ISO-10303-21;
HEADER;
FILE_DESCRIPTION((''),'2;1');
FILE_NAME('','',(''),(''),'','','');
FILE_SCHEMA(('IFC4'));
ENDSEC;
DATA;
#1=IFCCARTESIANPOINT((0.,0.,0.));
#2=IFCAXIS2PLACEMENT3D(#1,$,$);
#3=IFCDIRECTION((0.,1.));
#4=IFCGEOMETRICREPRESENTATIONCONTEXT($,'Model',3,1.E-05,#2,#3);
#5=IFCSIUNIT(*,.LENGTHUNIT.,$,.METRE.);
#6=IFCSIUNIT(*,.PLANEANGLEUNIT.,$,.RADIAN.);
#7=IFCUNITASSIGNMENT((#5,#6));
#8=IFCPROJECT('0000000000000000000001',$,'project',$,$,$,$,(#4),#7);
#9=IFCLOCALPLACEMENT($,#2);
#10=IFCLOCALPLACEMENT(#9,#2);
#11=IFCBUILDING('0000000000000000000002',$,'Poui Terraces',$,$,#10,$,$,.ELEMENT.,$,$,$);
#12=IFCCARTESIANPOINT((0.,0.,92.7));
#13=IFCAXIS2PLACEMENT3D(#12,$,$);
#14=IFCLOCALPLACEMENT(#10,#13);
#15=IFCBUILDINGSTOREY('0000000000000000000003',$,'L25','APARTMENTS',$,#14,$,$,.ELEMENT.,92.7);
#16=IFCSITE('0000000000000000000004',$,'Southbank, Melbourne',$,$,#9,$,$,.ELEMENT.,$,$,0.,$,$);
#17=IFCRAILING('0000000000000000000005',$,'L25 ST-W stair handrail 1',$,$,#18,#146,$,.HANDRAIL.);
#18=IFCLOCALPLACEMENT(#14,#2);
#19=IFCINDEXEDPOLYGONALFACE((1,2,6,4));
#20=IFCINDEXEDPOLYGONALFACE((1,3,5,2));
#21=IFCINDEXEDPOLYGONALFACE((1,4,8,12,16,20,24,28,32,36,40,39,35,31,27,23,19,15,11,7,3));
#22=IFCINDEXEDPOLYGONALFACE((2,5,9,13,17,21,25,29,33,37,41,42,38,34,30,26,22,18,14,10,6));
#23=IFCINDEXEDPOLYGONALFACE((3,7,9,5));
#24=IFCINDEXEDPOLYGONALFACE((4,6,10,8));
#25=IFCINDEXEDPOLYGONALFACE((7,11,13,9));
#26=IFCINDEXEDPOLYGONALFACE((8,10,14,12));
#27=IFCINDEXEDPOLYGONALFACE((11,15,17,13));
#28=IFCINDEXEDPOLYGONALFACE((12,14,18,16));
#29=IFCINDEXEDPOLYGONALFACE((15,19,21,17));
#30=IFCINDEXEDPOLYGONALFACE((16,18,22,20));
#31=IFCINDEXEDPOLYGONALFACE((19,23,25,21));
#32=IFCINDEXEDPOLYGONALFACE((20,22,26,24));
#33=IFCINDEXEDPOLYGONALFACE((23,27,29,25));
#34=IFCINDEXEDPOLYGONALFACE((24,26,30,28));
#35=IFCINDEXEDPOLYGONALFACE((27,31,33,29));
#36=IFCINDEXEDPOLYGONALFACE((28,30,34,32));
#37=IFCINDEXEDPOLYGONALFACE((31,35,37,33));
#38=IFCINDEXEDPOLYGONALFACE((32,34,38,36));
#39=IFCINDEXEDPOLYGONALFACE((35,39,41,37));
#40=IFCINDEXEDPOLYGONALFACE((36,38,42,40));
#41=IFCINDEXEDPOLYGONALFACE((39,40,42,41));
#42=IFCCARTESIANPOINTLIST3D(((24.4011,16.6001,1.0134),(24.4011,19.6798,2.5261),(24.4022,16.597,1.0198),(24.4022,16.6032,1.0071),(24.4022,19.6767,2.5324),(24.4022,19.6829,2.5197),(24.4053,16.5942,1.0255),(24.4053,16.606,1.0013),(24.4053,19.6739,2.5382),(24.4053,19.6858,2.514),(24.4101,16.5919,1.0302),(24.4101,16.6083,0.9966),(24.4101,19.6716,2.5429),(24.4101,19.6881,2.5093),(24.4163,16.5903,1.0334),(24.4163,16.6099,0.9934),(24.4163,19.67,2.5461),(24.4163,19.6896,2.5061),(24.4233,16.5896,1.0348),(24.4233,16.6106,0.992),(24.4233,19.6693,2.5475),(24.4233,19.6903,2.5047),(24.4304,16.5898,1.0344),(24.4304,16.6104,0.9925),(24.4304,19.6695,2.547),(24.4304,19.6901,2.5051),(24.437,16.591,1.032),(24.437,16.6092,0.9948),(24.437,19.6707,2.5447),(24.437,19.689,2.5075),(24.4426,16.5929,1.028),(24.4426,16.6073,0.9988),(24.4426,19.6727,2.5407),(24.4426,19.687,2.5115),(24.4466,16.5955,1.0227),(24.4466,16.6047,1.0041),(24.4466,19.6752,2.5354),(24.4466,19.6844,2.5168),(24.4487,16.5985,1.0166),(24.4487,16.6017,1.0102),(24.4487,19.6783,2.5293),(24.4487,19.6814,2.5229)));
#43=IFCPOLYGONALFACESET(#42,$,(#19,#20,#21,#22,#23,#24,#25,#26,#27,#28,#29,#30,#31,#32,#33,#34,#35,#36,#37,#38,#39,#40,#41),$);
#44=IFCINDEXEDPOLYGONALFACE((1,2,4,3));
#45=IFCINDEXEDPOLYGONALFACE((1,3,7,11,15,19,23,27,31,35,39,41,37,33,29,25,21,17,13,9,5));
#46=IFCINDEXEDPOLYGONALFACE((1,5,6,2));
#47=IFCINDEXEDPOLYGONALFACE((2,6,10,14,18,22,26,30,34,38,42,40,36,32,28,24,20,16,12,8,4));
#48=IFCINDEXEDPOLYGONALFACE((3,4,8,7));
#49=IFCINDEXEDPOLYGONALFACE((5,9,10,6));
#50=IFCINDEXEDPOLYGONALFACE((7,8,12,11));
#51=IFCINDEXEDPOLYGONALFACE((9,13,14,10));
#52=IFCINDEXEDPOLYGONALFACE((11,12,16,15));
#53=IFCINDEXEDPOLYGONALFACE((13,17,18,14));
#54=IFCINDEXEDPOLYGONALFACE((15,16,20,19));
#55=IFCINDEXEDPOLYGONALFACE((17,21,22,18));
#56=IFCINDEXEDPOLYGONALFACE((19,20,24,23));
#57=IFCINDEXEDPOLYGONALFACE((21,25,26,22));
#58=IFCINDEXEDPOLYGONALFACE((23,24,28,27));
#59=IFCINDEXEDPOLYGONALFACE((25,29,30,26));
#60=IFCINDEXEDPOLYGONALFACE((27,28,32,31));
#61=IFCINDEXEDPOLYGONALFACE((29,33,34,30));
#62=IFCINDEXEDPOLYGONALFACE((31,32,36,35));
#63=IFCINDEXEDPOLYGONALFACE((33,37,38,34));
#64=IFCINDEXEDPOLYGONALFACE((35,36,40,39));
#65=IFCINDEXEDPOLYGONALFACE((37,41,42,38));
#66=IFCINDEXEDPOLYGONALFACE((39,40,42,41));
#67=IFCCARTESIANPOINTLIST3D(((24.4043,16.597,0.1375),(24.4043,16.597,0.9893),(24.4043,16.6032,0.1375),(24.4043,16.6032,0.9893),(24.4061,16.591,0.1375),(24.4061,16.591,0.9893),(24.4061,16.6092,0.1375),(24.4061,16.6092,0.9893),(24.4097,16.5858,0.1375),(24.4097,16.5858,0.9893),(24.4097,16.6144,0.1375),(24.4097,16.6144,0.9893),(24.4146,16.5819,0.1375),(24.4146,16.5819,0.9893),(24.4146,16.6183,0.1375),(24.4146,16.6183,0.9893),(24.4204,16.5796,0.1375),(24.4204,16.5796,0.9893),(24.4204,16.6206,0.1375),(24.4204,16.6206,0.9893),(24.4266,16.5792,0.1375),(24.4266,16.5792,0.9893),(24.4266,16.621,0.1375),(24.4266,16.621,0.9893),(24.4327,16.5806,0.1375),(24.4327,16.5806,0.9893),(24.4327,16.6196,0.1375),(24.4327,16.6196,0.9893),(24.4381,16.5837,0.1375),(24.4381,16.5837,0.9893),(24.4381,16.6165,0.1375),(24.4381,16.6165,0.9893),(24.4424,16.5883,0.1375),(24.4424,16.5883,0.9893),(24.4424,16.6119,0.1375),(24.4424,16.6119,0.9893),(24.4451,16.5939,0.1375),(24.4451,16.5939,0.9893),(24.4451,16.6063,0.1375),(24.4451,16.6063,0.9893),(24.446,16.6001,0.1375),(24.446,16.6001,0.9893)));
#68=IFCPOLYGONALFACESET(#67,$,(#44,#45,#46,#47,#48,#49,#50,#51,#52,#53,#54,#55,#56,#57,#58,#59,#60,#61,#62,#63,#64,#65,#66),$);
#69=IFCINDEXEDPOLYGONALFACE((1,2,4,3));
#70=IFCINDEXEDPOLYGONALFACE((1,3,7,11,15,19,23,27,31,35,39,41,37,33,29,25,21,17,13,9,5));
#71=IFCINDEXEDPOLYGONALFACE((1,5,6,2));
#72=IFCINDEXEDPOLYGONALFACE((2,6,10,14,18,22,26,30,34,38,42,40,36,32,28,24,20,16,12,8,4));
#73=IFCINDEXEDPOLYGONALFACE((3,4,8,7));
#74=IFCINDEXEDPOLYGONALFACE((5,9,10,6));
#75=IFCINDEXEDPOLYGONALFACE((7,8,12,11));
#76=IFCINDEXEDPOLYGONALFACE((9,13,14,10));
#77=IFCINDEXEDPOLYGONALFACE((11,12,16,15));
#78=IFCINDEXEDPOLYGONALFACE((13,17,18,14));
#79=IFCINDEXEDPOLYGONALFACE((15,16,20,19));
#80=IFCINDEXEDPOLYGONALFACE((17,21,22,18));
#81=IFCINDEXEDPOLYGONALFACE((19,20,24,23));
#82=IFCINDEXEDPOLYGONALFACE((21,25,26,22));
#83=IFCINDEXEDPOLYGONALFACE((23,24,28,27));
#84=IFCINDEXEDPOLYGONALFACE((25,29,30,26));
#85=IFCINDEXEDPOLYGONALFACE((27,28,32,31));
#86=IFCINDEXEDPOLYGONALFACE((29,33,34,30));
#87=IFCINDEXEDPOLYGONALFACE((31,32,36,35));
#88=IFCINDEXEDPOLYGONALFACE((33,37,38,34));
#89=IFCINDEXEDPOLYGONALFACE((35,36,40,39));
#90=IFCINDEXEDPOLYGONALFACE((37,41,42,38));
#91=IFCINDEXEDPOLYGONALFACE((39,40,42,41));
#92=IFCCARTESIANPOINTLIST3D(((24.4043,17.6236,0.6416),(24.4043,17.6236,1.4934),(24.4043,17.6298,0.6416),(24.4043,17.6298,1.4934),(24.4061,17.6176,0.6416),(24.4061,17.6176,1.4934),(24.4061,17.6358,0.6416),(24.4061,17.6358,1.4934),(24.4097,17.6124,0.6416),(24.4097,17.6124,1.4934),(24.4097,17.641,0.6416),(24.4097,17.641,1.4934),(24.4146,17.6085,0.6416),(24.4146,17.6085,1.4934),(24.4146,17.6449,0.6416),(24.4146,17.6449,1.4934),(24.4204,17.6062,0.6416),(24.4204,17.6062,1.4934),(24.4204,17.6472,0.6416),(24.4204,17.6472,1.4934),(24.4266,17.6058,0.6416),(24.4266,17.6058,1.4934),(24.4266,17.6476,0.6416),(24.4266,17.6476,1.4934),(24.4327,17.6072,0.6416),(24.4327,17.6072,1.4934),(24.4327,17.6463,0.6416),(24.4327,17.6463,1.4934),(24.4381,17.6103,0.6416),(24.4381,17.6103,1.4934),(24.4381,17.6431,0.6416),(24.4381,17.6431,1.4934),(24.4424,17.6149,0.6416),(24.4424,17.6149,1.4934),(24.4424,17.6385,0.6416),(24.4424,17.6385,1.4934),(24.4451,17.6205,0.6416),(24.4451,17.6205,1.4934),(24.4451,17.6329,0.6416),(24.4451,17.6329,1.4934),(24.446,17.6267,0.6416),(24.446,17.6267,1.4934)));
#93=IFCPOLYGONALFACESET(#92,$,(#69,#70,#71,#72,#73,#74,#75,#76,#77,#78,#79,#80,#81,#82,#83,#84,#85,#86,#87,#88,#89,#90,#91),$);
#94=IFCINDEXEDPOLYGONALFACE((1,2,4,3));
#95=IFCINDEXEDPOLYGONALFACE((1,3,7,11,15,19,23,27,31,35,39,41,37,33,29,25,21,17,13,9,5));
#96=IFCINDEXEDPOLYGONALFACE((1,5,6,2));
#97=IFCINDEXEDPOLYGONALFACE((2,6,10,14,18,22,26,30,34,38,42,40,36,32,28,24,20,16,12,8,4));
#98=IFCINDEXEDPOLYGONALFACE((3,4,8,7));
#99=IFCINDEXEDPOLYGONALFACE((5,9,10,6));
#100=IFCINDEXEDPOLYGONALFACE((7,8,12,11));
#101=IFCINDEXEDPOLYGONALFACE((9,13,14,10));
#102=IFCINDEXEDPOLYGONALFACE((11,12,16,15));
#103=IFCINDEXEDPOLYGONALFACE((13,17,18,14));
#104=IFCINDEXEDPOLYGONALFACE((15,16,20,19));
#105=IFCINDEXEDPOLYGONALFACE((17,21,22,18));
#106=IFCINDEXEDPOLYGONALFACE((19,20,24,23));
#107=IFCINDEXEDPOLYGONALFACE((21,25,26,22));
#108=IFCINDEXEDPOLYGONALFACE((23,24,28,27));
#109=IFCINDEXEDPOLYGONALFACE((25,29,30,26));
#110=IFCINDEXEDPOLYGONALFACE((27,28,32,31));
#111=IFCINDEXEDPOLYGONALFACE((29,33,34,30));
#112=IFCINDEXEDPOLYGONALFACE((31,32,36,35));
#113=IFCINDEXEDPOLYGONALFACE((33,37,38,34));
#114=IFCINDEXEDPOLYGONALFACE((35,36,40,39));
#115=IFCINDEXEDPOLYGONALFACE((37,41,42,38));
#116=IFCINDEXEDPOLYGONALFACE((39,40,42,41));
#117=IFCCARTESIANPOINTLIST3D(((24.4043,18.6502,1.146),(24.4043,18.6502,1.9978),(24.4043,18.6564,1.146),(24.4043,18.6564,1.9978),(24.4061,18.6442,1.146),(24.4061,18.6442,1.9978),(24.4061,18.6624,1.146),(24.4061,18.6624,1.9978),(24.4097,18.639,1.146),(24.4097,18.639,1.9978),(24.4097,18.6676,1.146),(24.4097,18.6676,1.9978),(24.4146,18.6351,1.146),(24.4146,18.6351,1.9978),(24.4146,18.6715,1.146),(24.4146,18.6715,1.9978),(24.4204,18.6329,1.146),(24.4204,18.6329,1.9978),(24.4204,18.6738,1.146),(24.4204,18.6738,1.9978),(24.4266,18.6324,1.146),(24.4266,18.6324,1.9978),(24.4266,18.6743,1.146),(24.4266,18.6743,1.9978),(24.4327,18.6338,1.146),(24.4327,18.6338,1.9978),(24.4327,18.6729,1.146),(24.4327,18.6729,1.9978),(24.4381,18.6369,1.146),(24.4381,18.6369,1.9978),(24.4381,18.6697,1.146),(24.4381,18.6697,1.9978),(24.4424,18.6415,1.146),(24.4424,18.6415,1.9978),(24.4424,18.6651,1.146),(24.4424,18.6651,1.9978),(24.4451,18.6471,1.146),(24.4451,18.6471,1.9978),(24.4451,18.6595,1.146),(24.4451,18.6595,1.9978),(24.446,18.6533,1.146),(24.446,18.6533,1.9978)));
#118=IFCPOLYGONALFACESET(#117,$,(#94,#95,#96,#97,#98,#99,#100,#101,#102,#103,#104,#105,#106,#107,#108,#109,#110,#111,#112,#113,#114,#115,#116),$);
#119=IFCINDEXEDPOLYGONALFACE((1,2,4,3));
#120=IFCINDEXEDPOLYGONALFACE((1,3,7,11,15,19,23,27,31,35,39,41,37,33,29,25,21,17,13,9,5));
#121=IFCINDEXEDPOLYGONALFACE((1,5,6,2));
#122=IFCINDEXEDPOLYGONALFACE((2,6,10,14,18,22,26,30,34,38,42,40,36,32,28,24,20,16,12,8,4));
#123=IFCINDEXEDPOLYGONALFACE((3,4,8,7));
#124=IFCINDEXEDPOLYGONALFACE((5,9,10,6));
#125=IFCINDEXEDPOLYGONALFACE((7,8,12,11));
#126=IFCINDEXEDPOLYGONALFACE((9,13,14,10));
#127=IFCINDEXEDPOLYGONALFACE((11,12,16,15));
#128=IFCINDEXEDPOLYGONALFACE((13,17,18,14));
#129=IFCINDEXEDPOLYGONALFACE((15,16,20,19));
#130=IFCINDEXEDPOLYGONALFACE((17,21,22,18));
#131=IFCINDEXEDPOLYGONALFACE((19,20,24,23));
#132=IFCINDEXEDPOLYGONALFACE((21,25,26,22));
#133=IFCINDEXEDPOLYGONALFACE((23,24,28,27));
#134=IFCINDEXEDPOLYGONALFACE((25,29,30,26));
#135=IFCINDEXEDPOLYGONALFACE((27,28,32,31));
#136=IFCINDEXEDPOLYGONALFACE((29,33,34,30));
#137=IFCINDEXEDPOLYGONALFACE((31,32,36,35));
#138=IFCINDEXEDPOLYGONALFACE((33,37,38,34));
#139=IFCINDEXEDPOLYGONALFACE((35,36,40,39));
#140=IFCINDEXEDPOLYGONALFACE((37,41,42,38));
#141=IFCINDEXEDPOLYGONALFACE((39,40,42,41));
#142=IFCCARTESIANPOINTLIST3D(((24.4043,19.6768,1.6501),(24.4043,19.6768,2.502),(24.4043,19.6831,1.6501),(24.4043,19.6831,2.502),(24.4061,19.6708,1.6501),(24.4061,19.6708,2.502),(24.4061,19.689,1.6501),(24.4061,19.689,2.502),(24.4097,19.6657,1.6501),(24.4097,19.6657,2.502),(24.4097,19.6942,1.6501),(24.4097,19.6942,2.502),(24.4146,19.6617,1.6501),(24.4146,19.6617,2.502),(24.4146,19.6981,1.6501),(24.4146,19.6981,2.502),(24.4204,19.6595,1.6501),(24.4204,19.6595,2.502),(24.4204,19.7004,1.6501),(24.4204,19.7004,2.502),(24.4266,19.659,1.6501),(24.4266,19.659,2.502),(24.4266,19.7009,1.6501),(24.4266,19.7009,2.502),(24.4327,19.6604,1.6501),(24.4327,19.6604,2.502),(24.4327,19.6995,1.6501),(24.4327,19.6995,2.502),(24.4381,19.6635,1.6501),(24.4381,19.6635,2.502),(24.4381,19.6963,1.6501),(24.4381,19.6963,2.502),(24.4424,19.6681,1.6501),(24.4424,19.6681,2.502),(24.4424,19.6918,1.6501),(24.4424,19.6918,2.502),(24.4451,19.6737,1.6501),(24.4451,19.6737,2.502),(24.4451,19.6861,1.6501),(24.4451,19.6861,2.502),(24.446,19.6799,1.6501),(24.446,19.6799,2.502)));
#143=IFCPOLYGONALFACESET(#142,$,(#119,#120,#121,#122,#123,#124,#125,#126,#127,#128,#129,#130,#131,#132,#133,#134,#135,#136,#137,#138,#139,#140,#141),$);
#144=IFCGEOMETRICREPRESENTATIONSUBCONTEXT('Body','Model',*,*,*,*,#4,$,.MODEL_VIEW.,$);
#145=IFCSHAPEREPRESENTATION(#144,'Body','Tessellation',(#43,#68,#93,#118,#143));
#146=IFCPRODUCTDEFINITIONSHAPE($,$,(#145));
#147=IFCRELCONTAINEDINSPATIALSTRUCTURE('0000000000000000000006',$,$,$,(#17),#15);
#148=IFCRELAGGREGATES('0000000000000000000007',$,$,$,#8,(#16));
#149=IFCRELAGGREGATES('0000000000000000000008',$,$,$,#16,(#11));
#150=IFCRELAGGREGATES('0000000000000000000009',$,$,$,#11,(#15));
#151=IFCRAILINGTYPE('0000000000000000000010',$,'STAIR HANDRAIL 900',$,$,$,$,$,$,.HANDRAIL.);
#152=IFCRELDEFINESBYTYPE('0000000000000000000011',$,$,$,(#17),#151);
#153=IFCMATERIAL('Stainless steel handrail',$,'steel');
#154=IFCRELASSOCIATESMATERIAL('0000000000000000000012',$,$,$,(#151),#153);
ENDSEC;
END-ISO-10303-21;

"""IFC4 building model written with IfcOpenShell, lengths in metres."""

from ifc_helpers import new_model, si_unit, direction, frame, origin, origin_2d, place, context, subcontext, project, spatial, circle, extrude, material, type_object, element, save


model = new_model("IFC4")

# Units and contexts
model_context = context("Model", 3, precision=1e-05, world=origin(), true_north=direction((0.0, 1.0)))
body_context = subcontext(model_context, "Body", "Model", "MODEL_VIEW")
ifc_project = project(units=[si_unit("LENGTHUNIT", "METRE"), si_unit("PLANEANGLEUNIT", "RADIAN")], contexts=[model_context])

# Site, building, storey
site_placement = place(None, origin())
site = spatial("IfcSite", under=ifc_project, at=site_placement, Name="Southbank, Melbourne", CompositionType="ELEMENT", RefElevation=0.0)
building_placement = place(site_placement, origin())
building = spatial("IfcBuilding", under=site, at=building_placement, Name="Poui Terraces", CompositionType="ELEMENT")
storey_placement = place(building_placement, frame((0.0, 0.0, 92.7)))
storey = spatial("IfcBuildingStorey", under=building, at=storey_placement, Name="L25", Description="APARTMENTS", CompositionType="ELEMENT", Elevation=92.7)

# Railing
ifc_material_1 = material(Name="Stainless steel handrail", Category="steel")
railing_type_1 = type_object("IfcRailingType", Name="STAIR HANDRAIL 900", PredefinedType="HANDRAIL", material=ifc_material_1)
railing_1_placement = place(storey_placement, frame((24.425, 16.6001, 0.1375)))
element("IfcRailing", 1, at=railing_1_placement, inside=storey, type_object=railing_type_1, Name="L25 ST-W stair handrail 1", PredefinedType="HANDRAIL", context=body_context, shape_type="SweptSolid", body=[
    extrude(circle(Radius=0.0239, at=origin_2d()), frame((0.0, 0.0, 0.876), z_axis=(0.0, 0.897578, 0.440856), x_axis=(-1.0, 0.0, 0.0)), (0.0, 0.0, 1.0), 3.4312),
    extrude(circle(Radius=0.021, at=origin_2d()), origin(), (0.0, 0.0, 1.0), 0.8518),
    extrude(circle(Radius=0.021, at=origin_2d()), frame((0.0, 1.0266, 0.5042)), (0.0, 0.0, 1.0), 0.8518),
    extrude(circle(Radius=0.021, at=origin_2d()), frame((0.0, 2.0532, 1.0085)), (0.0, 0.0, 1.0), 0.8518),
    extrude(circle(Radius=0.021, at=origin_2d()), frame((0.0, 3.0798, 1.5127)), (0.0, 0.0, 1.0), 0.8518),
])

save(model, "model.ifc")
